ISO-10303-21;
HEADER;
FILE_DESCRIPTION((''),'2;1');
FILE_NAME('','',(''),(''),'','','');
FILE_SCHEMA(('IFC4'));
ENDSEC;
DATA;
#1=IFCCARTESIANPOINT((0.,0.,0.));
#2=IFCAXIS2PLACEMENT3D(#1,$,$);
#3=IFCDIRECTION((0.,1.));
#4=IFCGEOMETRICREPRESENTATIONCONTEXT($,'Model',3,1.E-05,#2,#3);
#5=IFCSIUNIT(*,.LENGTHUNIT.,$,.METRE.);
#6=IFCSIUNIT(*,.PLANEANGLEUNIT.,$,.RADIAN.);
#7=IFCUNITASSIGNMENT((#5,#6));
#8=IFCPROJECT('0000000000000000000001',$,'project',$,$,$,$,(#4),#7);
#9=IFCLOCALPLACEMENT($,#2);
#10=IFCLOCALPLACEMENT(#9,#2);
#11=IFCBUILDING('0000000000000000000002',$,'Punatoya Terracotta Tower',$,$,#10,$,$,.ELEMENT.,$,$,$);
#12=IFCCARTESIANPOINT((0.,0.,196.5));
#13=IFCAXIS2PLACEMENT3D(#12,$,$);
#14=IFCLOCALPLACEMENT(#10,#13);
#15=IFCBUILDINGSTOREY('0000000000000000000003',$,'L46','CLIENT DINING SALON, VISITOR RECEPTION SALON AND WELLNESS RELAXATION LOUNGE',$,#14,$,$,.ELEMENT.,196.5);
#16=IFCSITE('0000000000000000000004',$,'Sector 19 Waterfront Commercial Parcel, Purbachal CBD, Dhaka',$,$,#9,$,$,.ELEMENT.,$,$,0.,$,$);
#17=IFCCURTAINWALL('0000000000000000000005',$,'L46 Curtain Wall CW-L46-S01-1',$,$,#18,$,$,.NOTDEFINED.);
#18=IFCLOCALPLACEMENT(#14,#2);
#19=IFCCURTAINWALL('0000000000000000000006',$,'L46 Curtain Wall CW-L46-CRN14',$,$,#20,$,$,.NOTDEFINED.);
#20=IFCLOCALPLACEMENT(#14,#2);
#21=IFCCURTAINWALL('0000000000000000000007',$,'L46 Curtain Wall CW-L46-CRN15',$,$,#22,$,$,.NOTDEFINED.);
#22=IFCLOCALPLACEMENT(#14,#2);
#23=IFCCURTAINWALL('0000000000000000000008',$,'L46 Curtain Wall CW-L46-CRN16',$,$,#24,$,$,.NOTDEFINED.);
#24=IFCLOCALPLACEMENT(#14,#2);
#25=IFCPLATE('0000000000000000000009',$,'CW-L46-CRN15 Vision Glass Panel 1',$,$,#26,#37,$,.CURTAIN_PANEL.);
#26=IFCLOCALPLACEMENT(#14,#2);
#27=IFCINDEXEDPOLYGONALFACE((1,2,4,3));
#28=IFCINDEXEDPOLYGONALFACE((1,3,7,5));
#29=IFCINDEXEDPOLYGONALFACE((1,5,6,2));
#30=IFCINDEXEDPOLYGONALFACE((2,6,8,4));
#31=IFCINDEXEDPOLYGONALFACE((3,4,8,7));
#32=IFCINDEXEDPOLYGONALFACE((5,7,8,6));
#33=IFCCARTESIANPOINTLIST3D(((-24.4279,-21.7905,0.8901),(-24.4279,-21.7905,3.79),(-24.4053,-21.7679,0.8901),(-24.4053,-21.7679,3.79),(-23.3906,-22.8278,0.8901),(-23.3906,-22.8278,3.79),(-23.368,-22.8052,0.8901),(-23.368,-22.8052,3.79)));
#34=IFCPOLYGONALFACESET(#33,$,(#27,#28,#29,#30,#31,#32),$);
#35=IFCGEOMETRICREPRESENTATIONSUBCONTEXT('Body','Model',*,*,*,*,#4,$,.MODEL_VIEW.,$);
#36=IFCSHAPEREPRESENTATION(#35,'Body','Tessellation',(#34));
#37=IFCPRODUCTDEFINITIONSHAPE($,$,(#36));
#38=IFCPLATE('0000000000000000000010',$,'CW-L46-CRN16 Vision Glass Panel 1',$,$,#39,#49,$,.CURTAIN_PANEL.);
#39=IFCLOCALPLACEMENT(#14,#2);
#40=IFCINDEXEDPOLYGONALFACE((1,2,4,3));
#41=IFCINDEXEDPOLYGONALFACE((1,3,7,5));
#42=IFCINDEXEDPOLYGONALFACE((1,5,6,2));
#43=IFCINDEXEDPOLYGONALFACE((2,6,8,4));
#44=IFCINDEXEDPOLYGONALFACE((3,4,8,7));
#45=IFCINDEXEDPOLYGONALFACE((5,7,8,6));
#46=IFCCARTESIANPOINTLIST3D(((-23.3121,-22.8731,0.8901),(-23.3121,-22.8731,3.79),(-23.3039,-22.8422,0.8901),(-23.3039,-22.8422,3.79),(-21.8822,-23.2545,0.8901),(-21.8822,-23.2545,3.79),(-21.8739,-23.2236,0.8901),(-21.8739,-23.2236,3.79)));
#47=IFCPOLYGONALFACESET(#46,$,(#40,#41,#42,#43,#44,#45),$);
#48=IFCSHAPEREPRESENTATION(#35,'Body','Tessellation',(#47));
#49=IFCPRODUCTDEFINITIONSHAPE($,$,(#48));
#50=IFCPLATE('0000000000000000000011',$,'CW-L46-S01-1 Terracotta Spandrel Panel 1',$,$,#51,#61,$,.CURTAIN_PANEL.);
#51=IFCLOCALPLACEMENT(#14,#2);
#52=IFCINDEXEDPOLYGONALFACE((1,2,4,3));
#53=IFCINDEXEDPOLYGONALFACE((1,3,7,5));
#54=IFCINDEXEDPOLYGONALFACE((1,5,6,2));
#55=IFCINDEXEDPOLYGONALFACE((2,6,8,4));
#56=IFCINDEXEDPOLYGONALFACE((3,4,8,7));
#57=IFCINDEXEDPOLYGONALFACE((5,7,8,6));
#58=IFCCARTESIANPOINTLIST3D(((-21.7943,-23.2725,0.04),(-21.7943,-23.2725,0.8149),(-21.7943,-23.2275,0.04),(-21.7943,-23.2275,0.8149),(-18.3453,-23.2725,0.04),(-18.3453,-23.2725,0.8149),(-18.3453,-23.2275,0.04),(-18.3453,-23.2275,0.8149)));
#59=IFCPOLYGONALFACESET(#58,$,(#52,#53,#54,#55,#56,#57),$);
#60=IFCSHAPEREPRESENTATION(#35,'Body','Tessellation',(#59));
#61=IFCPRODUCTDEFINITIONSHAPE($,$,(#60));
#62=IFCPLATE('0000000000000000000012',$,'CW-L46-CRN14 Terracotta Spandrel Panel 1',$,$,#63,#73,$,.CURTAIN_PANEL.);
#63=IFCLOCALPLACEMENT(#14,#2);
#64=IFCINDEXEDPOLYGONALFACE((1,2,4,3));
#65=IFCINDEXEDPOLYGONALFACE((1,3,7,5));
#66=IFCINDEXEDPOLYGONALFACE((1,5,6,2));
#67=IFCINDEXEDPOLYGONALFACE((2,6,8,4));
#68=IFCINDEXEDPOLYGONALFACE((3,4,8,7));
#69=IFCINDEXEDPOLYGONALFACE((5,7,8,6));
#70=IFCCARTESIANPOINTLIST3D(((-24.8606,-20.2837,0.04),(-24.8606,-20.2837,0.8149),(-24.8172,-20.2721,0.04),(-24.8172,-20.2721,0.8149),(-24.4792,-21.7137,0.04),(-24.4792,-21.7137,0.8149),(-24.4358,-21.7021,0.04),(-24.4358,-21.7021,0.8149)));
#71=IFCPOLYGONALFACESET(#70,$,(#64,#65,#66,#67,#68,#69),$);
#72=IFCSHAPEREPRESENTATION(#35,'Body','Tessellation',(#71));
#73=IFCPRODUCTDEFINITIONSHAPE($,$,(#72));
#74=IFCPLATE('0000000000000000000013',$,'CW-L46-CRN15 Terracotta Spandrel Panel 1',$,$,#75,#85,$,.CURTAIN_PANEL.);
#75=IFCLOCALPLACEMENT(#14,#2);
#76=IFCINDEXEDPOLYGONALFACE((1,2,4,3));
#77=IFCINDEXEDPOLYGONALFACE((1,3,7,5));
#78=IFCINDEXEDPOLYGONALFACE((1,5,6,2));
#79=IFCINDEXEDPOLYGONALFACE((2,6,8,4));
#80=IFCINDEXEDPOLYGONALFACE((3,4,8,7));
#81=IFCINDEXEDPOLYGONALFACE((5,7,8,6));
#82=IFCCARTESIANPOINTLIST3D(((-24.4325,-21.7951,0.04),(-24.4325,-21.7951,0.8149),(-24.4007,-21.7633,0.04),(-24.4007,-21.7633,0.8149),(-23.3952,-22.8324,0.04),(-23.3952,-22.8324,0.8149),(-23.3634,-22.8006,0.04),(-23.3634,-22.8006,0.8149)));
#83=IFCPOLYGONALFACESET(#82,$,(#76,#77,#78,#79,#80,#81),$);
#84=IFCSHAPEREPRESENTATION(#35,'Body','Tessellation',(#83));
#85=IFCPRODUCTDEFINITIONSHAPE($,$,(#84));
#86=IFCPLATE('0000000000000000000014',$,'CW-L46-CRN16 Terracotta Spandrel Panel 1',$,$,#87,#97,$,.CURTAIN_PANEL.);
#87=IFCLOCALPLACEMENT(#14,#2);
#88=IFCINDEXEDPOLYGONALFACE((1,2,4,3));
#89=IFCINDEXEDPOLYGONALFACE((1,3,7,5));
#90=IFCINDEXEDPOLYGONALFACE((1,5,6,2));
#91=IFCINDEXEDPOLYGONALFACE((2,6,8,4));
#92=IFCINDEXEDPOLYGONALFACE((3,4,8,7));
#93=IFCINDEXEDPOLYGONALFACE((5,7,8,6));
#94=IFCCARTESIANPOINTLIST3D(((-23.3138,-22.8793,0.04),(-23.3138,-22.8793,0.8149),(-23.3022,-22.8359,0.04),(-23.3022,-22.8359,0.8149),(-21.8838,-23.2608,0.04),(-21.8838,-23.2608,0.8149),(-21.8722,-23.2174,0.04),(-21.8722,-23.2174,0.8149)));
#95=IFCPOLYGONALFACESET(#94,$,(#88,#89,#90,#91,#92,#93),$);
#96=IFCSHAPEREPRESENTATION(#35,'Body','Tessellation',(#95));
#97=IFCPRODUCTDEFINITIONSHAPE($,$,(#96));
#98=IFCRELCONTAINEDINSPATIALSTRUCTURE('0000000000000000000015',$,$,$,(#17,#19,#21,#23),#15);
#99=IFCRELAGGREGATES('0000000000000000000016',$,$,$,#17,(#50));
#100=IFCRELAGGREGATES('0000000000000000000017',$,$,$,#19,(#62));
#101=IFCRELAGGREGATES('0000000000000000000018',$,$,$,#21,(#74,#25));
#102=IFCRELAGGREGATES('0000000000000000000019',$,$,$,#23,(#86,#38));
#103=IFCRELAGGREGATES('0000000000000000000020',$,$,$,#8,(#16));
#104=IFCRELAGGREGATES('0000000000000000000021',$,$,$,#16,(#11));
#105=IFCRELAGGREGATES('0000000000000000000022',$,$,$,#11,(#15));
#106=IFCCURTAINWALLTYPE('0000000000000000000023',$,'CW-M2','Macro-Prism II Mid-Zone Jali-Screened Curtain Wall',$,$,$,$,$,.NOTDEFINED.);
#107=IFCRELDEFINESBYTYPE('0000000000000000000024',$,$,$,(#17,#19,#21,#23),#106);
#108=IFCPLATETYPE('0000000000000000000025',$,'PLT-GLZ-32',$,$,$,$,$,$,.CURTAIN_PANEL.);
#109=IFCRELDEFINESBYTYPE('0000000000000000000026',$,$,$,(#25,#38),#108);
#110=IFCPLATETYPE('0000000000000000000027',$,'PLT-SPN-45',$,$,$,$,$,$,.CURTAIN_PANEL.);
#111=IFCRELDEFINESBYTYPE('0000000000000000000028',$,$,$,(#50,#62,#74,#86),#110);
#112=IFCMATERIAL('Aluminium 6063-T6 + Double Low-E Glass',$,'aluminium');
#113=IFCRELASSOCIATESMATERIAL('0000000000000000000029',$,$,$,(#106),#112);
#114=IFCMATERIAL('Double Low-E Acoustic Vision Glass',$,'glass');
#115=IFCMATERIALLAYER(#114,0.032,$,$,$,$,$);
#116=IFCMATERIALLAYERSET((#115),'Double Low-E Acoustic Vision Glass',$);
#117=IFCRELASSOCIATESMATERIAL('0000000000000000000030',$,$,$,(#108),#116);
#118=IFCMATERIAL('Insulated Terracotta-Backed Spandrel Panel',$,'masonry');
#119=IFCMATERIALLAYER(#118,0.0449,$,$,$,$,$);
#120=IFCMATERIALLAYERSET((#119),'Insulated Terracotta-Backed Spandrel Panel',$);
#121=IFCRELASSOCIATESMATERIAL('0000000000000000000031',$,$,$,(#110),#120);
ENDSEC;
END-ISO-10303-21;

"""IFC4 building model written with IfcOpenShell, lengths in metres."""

from ifc_helpers import new_model, si_unit, direction, frame, origin, origin_2d, place, context, subcontext, project, spatial, rectangle, extrude, material, layer, layer_set, type_object, element, aggregate, save


model = new_model("IFC4")

# Units and contexts
model_context = context("Model", 3, precision=1e-05, world=origin(), true_north=direction((0.0, 1.0)))
body_context = subcontext(model_context, "Body", "Model", "MODEL_VIEW")
ifc_project = project(units=[si_unit("LENGTHUNIT", "METRE"), si_unit("PLANEANGLEUNIT", "RADIAN")], contexts=[model_context])

# Site, building, storey
site_placement = place(None, origin())
site = spatial("IfcSite", under=ifc_project, at=site_placement, Name="Sector 19 Waterfront Commercial Parcel, Purbachal CBD, Dhaka", CompositionType="ELEMENT", RefElevation=0.0)
building_placement = place(site_placement, origin())
building = spatial("IfcBuilding", under=site, at=building_placement, Name="Punatoya Terracotta Tower", CompositionType="ELEMENT")
storey_placement = place(building_placement, frame((0.0, 0.0, 196.5)))
storey = spatial("IfcBuildingStorey", under=building, at=storey_placement, Name="L46", Description="CLIENT DINING SALON, VISITOR RECEPTION SALON AND WELLNESS RELAXATION LOUNGE", CompositionType="ELEMENT", Elevation=196.5)

# Curtain wall
ifc_material_1 = material(Name="Aluminium 6063-T6 + Double Low-E Glass", Category="aluminium")
curtain_wall_type = type_object("IfcCurtainWallType", Name="CW-M2", Description="Macro-Prism II Mid-Zone Jali-Screened Curtain Wall", PredefinedType="NOTDEFINED", material=ifc_material_1)
curtain_wall_1_placement = place(storey_placement, origin())
curtain_wall_1 = element("IfcCurtainWall", 1, at=curtain_wall_1_placement, inside=storey, type_object=curtain_wall_type, Name="L46 Curtain Wall CW-L46-S01-1", PredefinedType="NOTDEFINED")

# Curtain walls
curtain_wall_2_placement = place(storey_placement, origin())
curtain_wall_2 = element("IfcCurtainWall", 2, at=curtain_wall_2_placement, inside=storey, type_object=curtain_wall_type, Name="L46 Curtain Wall CW-L46-CRN14", PredefinedType="NOTDEFINED")
curtain_wall_3_placement = place(storey_placement, origin())
curtain_wall_3 = element("IfcCurtainWall", 3, at=curtain_wall_3_placement, inside=storey, type_object=curtain_wall_type, Name="L46 Curtain Wall CW-L46-CRN15", PredefinedType="NOTDEFINED")
curtain_wall_4_placement = place(storey_placement, origin())
curtain_wall_4 = element("IfcCurtainWall", 4, at=curtain_wall_4_placement, inside=storey, type_object=curtain_wall_type, Name="L46 Curtain Wall CW-L46-CRN16", PredefinedType="NOTDEFINED")

# Plates
ifc_material_2 = material(Name="Double Low-E Acoustic Vision Glass", Category="glass")
ifc_layer_1 = layer(ifc_material_2, 0.032)
ifc_layer_set_1 = layer_set([ifc_layer_1], Name="Double Low-E Acoustic Vision Glass")
plate_type_1 = type_object("IfcPlateType", Name="PLT-GLZ-32", PredefinedType="CURTAIN_PANEL", material=ifc_layer_set_1)
plate_1_placement = place(storey_placement, frame((-23.8979, -22.2979, 0.8901), z_axis=(0.0, 0.0, 1.0), x_axis=(0.707107, -0.707107, 0.0)))
plate_1 = element("IfcPlate", 5, at=plate_1_placement, type_object=plate_type_1, Name="CW-L46-CRN15 Vision Glass Panel 1", PredefinedType="CURTAIN_PANEL", context=body_context, shape_type="SweptSolid", body=[
    extrude(rectangle(XDim=1.467, YDim=0.032, at=origin_2d()), origin(), (0.0, 0.0, 1.0), 2.8999),
])
plate_2_placement = place(storey_placement, frame((-22.593, -23.0483, 0.8901), z_axis=(0.0, 0.0, 1.0), x_axis=(0.966214, -0.257742, 0.0)))
plate_2 = element("IfcPlate", 6, at=plate_2_placement, type_object=plate_type_1, Name="CW-L46-CRN16 Vision Glass Panel 1", PredefinedType="CURTAIN_PANEL", context=body_context, shape_type="SweptSolid", body=[
    extrude(rectangle(XDim=1.48, YDim=0.032, at=origin_2d()), origin(), (0.0, 0.0, 1.0), 2.8999),
])
ifc_material_3 = material(Name="Insulated Terracotta-Backed Spandrel Panel", Category="masonry")
ifc_layer_2 = layer(ifc_material_3, 0.0449)
ifc_layer_set_2 = layer_set([ifc_layer_2], Name="Insulated Terracotta-Backed Spandrel Panel")
plate_type_2 = type_object("IfcPlateType", Name="PLT-SPN-45", PredefinedType="CURTAIN_PANEL", material=ifc_layer_set_2)
plate_3_placement = place(storey_placement, frame((-20.0698, -23.25, 0.04), z_axis=(0.0, 0.0, 1.0), x_axis=(1.0, 0.0, 0.0)))
plate_3 = element("IfcPlate", 7, at=plate_3_placement, type_object=plate_type_2, Name="CW-L46-S01-1 Terracotta Spandrel Panel 1", PredefinedType="CURTAIN_PANEL", context=body_context, shape_type="SweptSolid", body=[
    extrude(rectangle(XDim=3.449, YDim=0.0449, at=origin_2d()), origin(), (0.0, 0.0, 1.0), 0.7749),
])
aggregate(curtain_wall_1, [plate_3])
plate_4_placement = place(storey_placement, frame((-24.6482, -20.9929, 0.04), z_axis=(0.0, 0.0, 1.0), x_axis=(0.257742, -0.966214, 0.0)))
plate_4 = element("IfcPlate", 8, at=plate_4_placement, type_object=plate_type_2, Name="CW-L46-CRN14 Terracotta Spandrel Panel 1", PredefinedType="CURTAIN_PANEL", context=body_context, shape_type="SweptSolid", body=[
    extrude(rectangle(XDim=1.48, YDim=0.0449, at=origin_2d()), origin(), (0.0, 0.0, 1.0), 0.7749),
])
aggregate(curtain_wall_2, [plate_4])
plate_5_placement = place(storey_placement, frame((-23.8979, -22.2979, 0.04), z_axis=(0.0, 0.0, 1.0), x_axis=(0.707107, -0.707107, 0.0)))
plate_5 = element("IfcPlate", 9, at=plate_5_placement, type_object=plate_type_2, Name="CW-L46-CRN15 Terracotta Spandrel Panel 1", PredefinedType="CURTAIN_PANEL", context=body_context, shape_type="SweptSolid", body=[
    extrude(rectangle(XDim=1.467, YDim=0.0449, at=origin_2d()), origin(), (0.0, 0.0, 1.0), 0.7749),
])
aggregate(curtain_wall_3, [plate_5, plate_1])
plate_6_placement = place(storey_placement, frame((-22.593, -23.0483, 0.04), z_axis=(0.0, 0.0, 1.0), x_axis=(0.966214, -0.257742, 0.0)))
plate_6 = element("IfcPlate", 10, at=plate_6_placement, type_object=plate_type_2, Name="CW-L46-CRN16 Terracotta Spandrel Panel 1", PredefinedType="CURTAIN_PANEL", context=body_context, shape_type="SweptSolid", body=[
    extrude(rectangle(XDim=1.48, YDim=0.0449, at=origin_2d()), origin(), (0.0, 0.0, 1.0), 0.7749),
])
aggregate(curtain_wall_4, [plate_6, plate_2])

save(model, "model.ifc")
